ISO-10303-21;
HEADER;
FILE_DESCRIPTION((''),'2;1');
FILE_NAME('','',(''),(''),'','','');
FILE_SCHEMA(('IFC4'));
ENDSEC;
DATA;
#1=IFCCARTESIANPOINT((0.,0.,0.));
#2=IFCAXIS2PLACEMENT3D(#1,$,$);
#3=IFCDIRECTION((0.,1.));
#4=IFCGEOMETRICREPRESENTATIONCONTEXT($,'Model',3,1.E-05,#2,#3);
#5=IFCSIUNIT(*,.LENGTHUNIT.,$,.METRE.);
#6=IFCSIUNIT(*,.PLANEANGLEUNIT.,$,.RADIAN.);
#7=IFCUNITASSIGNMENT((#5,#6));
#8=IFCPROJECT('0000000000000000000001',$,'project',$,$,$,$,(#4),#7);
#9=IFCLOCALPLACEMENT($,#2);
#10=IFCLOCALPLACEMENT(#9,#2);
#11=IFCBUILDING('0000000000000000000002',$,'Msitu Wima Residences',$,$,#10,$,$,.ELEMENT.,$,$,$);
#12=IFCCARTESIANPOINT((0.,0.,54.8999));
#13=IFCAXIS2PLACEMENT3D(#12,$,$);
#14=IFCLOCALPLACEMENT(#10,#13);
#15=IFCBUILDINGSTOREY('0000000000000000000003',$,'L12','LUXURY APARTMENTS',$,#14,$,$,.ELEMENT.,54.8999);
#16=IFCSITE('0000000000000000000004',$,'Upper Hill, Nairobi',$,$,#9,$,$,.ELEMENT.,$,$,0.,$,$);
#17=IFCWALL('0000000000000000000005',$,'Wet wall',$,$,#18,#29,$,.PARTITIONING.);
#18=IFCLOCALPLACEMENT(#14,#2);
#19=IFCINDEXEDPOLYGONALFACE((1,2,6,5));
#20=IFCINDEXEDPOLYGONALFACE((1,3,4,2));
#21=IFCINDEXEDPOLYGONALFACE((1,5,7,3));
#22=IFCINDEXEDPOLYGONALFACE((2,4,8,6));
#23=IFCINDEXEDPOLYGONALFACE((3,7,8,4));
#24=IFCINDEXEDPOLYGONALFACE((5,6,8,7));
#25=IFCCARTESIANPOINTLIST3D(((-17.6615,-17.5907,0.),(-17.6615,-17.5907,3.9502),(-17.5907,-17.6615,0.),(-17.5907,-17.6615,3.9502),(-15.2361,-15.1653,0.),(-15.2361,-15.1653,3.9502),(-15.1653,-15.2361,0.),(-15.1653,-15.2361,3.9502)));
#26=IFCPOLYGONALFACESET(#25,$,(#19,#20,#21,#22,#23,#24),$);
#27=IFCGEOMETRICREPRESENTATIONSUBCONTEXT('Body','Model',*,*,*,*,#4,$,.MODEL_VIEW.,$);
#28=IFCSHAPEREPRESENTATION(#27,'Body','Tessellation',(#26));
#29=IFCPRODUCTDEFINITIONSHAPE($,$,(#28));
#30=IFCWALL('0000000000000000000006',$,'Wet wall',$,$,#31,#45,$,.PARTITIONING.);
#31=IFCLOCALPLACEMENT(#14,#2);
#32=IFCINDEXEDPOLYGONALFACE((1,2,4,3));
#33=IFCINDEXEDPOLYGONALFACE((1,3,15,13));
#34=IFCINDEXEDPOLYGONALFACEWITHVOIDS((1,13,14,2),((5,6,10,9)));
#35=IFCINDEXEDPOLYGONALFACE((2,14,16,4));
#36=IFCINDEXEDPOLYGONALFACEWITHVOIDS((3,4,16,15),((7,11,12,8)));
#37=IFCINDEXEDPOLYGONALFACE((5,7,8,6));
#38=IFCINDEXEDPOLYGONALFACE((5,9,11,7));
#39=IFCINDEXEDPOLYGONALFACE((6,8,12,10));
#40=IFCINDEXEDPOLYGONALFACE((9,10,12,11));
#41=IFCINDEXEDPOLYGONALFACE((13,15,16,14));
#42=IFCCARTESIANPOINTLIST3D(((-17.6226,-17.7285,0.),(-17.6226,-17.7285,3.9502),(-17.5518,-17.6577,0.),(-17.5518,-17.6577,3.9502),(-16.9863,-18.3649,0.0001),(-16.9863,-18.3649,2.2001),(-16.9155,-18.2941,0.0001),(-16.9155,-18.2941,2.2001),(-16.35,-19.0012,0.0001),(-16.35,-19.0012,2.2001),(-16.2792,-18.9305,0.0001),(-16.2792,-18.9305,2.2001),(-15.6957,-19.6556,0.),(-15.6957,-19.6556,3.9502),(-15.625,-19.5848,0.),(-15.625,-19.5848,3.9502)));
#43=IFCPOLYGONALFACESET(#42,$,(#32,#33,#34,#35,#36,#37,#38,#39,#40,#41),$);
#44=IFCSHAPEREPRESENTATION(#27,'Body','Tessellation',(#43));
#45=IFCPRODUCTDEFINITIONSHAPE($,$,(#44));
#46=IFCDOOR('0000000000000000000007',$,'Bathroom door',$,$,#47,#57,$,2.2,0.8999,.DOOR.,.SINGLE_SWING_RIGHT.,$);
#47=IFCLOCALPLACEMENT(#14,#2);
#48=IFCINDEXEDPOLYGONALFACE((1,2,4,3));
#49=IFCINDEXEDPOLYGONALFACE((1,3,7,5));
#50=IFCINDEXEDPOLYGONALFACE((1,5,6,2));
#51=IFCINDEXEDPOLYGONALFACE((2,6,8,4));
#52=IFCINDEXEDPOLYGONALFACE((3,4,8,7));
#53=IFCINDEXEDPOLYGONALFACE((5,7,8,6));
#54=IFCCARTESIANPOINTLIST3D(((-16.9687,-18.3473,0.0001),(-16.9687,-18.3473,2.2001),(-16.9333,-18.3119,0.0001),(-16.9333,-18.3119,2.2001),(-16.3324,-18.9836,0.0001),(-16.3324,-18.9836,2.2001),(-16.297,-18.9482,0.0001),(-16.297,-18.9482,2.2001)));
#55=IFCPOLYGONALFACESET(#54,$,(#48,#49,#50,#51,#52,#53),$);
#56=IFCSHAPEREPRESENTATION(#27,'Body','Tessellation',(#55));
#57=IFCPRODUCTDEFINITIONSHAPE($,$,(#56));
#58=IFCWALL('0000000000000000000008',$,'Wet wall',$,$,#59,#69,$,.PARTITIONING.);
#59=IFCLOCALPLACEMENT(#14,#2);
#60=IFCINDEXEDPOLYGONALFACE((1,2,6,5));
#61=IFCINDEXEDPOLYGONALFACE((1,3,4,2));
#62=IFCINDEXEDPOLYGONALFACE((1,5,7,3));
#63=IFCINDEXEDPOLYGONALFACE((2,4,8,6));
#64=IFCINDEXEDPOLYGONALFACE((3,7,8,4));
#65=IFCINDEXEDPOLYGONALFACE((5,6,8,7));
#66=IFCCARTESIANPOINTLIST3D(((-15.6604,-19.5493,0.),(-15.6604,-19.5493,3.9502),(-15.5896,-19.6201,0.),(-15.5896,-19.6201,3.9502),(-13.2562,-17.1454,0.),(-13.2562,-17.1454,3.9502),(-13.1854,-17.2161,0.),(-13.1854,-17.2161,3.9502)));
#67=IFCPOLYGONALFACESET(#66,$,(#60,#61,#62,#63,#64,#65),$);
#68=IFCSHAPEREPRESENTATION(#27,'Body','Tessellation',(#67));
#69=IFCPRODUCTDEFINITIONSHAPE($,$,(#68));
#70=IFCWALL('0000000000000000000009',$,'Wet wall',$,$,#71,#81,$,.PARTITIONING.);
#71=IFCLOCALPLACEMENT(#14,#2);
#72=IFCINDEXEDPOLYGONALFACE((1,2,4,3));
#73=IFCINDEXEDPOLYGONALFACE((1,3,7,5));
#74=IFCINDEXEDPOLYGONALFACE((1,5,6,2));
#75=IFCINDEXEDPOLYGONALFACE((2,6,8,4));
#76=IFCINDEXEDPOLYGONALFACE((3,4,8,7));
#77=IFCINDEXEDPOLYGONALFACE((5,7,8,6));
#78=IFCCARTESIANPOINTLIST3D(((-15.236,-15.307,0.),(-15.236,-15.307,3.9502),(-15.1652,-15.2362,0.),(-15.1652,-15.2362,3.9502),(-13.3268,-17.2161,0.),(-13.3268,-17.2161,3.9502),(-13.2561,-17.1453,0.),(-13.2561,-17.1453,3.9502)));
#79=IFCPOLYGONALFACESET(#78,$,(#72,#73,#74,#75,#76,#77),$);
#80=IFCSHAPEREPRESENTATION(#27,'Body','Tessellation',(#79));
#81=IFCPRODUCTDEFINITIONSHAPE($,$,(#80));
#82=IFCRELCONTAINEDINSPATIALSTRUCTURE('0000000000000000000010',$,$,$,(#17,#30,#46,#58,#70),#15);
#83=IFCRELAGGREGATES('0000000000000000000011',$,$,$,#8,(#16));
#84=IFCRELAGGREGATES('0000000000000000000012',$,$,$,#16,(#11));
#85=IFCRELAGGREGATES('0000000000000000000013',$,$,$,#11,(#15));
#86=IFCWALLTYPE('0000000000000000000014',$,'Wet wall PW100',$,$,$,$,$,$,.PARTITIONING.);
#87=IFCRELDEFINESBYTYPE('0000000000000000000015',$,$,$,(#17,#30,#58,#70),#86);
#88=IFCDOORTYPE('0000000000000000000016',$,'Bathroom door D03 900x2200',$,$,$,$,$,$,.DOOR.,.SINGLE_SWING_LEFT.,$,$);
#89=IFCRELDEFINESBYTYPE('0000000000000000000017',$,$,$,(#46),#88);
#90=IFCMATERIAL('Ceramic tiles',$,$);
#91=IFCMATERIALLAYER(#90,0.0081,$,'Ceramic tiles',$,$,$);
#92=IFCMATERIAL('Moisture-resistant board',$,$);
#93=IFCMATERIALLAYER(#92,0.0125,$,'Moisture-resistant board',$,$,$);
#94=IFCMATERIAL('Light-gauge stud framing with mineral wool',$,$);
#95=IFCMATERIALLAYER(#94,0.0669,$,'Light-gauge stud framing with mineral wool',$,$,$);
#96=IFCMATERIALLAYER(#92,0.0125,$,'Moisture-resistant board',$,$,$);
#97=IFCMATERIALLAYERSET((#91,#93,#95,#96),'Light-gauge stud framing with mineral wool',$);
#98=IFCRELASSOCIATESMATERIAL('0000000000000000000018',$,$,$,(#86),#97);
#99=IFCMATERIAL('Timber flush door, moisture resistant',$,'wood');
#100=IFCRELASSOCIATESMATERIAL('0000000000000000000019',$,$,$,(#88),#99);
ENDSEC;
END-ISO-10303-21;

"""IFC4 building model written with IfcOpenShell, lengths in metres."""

from ifc_helpers import new_model, si_unit, direction, frame, frame_2d, origin, place, context, subcontext, project, spatial, rectangle, extrude, material, layer, layer_set, type_object, element, fill, save


model = new_model("IFC4")

# Units and contexts
model_context = context("Model", 3, precision=1e-05, world=origin(), true_north=direction((0.0, 1.0)))
body_context = subcontext(model_context, "Body", "Model", "MODEL_VIEW")
ifc_project = project(units=[si_unit("LENGTHUNIT", "METRE"), si_unit("PLANEANGLEUNIT", "RADIAN")], contexts=[model_context])

# Site, building, storey
site_placement = place(None, origin())
site = spatial("IfcSite", under=ifc_project, at=site_placement, Name="Upper Hill, Nairobi", CompositionType="ELEMENT", RefElevation=0.0)
building_placement = place(site_placement, origin())
building = spatial("IfcBuilding", under=site, at=building_placement, Name="Msitu Wima Residences", CompositionType="ELEMENT")
storey_placement = place(building_placement, frame((0.0, 0.0, 54.8999)))
storey = spatial("IfcBuildingStorey", under=building, at=storey_placement, Name="L12", Description="LUXURY APARTMENTS", CompositionType="ELEMENT", Elevation=54.8999)

# Wall
ifc_material_1 = material(Name="Ceramic tiles")
ifc_layer_1 = layer(ifc_material_1, 0.0081, Name="Ceramic tiles")
ifc_material_2 = material(Name="Moisture-resistant board")
ifc_layer_2 = layer(ifc_material_2, 0.0125, Name="Moisture-resistant board")
ifc_material_3 = material(Name="Light-gauge stud framing with mineral wool")
ifc_layer_3 = layer(ifc_material_3, 0.0669, Name="Light-gauge stud framing with mineral wool")
ifc_layer_4 = layer(ifc_material_2, 0.0125, Name="Moisture-resistant board")
ifc_layer_set_1 = layer_set([ifc_layer_1, ifc_layer_2, ifc_layer_3, ifc_layer_4], Name="Light-gauge stud framing with mineral wool")
wall_type_1 = type_object("IfcWallType", Name="Wet wall PW100", PredefinedType="PARTITIONING", material=ifc_layer_set_1)
wall_1_placement = place(storey_placement, frame((-17.626, -17.626, 0.0), z_axis=(0.0, 0.0, 1.0), x_axis=(0.707107, 0.707107, 0.0)))
element("IfcWall", 1, at=wall_1_placement, inside=storey, type_object=wall_type_1, Name="Wet wall", PredefinedType="PARTITIONING", context=body_context, shape_type="SweptSolid", body=[
    extrude(rectangle(XDim=3.4299, YDim=0.1001, at=frame_2d((1.7148, 0.0))), origin(), (0.0, 0.0, 1.0), 3.9502),
])

# Wall, opening, door
wall_2_placement = place(storey_placement, frame((-17.5872, -17.6931, 0.0), z_axis=(0.0, 0.0, 1.0), x_axis=(0.707062, -0.707152, 0.0)))
wall_2 = element("IfcWall", 2, at=wall_2_placement, inside=storey, type_object=wall_type_1, Name="Wet wall", PredefinedType="PARTITIONING", context=body_context, shape_type="SweptSolid", body=[
    extrude(rectangle(XDim=2.7251, YDim=0.1001, at=frame_2d((1.3625, 0.0))), origin(), (0.0, 0.0, 1.0), 3.9502),
])
opening_1_placement = place(wall_2_placement, frame((0.8999, 0.0, 0.0)))
opening_1 = element("IfcOpeningElement", 3, at=opening_1_placement, cuts=wall_2, PredefinedType="OPENING", context=body_context, shape_type="SweptSolid", body=[
    extrude(rectangle(XDim=0.8999, YDim=2.2, at=frame_2d((0.45, 1.1001))), frame((0.0, 0.0601, 0.0), z_axis=(0.0, -1.0, 0.0), x_axis=(1.0, 0.0, 0.0)), (0.0, 0.0, 1.0), 0.1201),
])
ifc_material_4 = material(Name="Timber flush door, moisture resistant", Category="wood")
door_type_1 = type_object("IfcDoorType", Name="Bathroom door D03 900x2200", OperationType="SINGLE_SWING_LEFT", PredefinedType="DOOR", material=ifc_material_4)
door_1_placement = place(opening_1_placement, origin())
door_1 = element("IfcDoor", 4, at=door_1_placement, inside=storey, type_object=door_type_1, Name="Bathroom door", OperationType="SINGLE_SWING_RIGHT", OverallHeight=2.2, OverallWidth=0.8999, PredefinedType="DOOR", context=body_context, shape_type="SweptSolid", body=[
    extrude(rectangle(XDim=0.8999, YDim=2.2, at=frame_2d((0.45, 1.1001))), frame((0.0, 0.0249, 0.0), z_axis=(0.0, -1.0, 0.0), x_axis=(1.0, 0.0, 0.0)), (0.0, 0.0, 1.0), 0.05),
])
fill(opening_1, door_1)

# Walls
wall_3_placement = place(storey_placement, frame((-15.625, -19.5847, 0.0), z_axis=(0.0, 0.0, 1.0), x_axis=(0.707143, 0.707071, 0.0)))
element("IfcWall", 5, at=wall_3_placement, inside=storey, type_object=wall_type_1, Name="Wet wall", PredefinedType="PARTITIONING", context=body_context, shape_type="SweptSolid", body=[
    extrude(rectangle(XDim=3.3999, YDim=0.1001, at=frame_2d((1.7, 0.0))), origin(), (0.0, 0.0, 1.0), 3.9502),
])
wall_4_placement = place(storey_placement, frame((-15.2007, -15.2715, 0.0), z_axis=(0.0, 0.0, 1.0), x_axis=(0.707107, -0.707107, 0.0)))
element("IfcWall", 6, at=wall_4_placement, inside=storey, type_object=wall_type_1, Name="Wet wall", PredefinedType="PARTITIONING", context=body_context, shape_type="SweptSolid", body=[
    extrude(rectangle(XDim=2.7, YDim=0.1001, at=frame_2d((1.3501, 0.0))), origin(), (0.0, 0.0, 1.0), 3.9502),
])

save(model, "model.ifc")
